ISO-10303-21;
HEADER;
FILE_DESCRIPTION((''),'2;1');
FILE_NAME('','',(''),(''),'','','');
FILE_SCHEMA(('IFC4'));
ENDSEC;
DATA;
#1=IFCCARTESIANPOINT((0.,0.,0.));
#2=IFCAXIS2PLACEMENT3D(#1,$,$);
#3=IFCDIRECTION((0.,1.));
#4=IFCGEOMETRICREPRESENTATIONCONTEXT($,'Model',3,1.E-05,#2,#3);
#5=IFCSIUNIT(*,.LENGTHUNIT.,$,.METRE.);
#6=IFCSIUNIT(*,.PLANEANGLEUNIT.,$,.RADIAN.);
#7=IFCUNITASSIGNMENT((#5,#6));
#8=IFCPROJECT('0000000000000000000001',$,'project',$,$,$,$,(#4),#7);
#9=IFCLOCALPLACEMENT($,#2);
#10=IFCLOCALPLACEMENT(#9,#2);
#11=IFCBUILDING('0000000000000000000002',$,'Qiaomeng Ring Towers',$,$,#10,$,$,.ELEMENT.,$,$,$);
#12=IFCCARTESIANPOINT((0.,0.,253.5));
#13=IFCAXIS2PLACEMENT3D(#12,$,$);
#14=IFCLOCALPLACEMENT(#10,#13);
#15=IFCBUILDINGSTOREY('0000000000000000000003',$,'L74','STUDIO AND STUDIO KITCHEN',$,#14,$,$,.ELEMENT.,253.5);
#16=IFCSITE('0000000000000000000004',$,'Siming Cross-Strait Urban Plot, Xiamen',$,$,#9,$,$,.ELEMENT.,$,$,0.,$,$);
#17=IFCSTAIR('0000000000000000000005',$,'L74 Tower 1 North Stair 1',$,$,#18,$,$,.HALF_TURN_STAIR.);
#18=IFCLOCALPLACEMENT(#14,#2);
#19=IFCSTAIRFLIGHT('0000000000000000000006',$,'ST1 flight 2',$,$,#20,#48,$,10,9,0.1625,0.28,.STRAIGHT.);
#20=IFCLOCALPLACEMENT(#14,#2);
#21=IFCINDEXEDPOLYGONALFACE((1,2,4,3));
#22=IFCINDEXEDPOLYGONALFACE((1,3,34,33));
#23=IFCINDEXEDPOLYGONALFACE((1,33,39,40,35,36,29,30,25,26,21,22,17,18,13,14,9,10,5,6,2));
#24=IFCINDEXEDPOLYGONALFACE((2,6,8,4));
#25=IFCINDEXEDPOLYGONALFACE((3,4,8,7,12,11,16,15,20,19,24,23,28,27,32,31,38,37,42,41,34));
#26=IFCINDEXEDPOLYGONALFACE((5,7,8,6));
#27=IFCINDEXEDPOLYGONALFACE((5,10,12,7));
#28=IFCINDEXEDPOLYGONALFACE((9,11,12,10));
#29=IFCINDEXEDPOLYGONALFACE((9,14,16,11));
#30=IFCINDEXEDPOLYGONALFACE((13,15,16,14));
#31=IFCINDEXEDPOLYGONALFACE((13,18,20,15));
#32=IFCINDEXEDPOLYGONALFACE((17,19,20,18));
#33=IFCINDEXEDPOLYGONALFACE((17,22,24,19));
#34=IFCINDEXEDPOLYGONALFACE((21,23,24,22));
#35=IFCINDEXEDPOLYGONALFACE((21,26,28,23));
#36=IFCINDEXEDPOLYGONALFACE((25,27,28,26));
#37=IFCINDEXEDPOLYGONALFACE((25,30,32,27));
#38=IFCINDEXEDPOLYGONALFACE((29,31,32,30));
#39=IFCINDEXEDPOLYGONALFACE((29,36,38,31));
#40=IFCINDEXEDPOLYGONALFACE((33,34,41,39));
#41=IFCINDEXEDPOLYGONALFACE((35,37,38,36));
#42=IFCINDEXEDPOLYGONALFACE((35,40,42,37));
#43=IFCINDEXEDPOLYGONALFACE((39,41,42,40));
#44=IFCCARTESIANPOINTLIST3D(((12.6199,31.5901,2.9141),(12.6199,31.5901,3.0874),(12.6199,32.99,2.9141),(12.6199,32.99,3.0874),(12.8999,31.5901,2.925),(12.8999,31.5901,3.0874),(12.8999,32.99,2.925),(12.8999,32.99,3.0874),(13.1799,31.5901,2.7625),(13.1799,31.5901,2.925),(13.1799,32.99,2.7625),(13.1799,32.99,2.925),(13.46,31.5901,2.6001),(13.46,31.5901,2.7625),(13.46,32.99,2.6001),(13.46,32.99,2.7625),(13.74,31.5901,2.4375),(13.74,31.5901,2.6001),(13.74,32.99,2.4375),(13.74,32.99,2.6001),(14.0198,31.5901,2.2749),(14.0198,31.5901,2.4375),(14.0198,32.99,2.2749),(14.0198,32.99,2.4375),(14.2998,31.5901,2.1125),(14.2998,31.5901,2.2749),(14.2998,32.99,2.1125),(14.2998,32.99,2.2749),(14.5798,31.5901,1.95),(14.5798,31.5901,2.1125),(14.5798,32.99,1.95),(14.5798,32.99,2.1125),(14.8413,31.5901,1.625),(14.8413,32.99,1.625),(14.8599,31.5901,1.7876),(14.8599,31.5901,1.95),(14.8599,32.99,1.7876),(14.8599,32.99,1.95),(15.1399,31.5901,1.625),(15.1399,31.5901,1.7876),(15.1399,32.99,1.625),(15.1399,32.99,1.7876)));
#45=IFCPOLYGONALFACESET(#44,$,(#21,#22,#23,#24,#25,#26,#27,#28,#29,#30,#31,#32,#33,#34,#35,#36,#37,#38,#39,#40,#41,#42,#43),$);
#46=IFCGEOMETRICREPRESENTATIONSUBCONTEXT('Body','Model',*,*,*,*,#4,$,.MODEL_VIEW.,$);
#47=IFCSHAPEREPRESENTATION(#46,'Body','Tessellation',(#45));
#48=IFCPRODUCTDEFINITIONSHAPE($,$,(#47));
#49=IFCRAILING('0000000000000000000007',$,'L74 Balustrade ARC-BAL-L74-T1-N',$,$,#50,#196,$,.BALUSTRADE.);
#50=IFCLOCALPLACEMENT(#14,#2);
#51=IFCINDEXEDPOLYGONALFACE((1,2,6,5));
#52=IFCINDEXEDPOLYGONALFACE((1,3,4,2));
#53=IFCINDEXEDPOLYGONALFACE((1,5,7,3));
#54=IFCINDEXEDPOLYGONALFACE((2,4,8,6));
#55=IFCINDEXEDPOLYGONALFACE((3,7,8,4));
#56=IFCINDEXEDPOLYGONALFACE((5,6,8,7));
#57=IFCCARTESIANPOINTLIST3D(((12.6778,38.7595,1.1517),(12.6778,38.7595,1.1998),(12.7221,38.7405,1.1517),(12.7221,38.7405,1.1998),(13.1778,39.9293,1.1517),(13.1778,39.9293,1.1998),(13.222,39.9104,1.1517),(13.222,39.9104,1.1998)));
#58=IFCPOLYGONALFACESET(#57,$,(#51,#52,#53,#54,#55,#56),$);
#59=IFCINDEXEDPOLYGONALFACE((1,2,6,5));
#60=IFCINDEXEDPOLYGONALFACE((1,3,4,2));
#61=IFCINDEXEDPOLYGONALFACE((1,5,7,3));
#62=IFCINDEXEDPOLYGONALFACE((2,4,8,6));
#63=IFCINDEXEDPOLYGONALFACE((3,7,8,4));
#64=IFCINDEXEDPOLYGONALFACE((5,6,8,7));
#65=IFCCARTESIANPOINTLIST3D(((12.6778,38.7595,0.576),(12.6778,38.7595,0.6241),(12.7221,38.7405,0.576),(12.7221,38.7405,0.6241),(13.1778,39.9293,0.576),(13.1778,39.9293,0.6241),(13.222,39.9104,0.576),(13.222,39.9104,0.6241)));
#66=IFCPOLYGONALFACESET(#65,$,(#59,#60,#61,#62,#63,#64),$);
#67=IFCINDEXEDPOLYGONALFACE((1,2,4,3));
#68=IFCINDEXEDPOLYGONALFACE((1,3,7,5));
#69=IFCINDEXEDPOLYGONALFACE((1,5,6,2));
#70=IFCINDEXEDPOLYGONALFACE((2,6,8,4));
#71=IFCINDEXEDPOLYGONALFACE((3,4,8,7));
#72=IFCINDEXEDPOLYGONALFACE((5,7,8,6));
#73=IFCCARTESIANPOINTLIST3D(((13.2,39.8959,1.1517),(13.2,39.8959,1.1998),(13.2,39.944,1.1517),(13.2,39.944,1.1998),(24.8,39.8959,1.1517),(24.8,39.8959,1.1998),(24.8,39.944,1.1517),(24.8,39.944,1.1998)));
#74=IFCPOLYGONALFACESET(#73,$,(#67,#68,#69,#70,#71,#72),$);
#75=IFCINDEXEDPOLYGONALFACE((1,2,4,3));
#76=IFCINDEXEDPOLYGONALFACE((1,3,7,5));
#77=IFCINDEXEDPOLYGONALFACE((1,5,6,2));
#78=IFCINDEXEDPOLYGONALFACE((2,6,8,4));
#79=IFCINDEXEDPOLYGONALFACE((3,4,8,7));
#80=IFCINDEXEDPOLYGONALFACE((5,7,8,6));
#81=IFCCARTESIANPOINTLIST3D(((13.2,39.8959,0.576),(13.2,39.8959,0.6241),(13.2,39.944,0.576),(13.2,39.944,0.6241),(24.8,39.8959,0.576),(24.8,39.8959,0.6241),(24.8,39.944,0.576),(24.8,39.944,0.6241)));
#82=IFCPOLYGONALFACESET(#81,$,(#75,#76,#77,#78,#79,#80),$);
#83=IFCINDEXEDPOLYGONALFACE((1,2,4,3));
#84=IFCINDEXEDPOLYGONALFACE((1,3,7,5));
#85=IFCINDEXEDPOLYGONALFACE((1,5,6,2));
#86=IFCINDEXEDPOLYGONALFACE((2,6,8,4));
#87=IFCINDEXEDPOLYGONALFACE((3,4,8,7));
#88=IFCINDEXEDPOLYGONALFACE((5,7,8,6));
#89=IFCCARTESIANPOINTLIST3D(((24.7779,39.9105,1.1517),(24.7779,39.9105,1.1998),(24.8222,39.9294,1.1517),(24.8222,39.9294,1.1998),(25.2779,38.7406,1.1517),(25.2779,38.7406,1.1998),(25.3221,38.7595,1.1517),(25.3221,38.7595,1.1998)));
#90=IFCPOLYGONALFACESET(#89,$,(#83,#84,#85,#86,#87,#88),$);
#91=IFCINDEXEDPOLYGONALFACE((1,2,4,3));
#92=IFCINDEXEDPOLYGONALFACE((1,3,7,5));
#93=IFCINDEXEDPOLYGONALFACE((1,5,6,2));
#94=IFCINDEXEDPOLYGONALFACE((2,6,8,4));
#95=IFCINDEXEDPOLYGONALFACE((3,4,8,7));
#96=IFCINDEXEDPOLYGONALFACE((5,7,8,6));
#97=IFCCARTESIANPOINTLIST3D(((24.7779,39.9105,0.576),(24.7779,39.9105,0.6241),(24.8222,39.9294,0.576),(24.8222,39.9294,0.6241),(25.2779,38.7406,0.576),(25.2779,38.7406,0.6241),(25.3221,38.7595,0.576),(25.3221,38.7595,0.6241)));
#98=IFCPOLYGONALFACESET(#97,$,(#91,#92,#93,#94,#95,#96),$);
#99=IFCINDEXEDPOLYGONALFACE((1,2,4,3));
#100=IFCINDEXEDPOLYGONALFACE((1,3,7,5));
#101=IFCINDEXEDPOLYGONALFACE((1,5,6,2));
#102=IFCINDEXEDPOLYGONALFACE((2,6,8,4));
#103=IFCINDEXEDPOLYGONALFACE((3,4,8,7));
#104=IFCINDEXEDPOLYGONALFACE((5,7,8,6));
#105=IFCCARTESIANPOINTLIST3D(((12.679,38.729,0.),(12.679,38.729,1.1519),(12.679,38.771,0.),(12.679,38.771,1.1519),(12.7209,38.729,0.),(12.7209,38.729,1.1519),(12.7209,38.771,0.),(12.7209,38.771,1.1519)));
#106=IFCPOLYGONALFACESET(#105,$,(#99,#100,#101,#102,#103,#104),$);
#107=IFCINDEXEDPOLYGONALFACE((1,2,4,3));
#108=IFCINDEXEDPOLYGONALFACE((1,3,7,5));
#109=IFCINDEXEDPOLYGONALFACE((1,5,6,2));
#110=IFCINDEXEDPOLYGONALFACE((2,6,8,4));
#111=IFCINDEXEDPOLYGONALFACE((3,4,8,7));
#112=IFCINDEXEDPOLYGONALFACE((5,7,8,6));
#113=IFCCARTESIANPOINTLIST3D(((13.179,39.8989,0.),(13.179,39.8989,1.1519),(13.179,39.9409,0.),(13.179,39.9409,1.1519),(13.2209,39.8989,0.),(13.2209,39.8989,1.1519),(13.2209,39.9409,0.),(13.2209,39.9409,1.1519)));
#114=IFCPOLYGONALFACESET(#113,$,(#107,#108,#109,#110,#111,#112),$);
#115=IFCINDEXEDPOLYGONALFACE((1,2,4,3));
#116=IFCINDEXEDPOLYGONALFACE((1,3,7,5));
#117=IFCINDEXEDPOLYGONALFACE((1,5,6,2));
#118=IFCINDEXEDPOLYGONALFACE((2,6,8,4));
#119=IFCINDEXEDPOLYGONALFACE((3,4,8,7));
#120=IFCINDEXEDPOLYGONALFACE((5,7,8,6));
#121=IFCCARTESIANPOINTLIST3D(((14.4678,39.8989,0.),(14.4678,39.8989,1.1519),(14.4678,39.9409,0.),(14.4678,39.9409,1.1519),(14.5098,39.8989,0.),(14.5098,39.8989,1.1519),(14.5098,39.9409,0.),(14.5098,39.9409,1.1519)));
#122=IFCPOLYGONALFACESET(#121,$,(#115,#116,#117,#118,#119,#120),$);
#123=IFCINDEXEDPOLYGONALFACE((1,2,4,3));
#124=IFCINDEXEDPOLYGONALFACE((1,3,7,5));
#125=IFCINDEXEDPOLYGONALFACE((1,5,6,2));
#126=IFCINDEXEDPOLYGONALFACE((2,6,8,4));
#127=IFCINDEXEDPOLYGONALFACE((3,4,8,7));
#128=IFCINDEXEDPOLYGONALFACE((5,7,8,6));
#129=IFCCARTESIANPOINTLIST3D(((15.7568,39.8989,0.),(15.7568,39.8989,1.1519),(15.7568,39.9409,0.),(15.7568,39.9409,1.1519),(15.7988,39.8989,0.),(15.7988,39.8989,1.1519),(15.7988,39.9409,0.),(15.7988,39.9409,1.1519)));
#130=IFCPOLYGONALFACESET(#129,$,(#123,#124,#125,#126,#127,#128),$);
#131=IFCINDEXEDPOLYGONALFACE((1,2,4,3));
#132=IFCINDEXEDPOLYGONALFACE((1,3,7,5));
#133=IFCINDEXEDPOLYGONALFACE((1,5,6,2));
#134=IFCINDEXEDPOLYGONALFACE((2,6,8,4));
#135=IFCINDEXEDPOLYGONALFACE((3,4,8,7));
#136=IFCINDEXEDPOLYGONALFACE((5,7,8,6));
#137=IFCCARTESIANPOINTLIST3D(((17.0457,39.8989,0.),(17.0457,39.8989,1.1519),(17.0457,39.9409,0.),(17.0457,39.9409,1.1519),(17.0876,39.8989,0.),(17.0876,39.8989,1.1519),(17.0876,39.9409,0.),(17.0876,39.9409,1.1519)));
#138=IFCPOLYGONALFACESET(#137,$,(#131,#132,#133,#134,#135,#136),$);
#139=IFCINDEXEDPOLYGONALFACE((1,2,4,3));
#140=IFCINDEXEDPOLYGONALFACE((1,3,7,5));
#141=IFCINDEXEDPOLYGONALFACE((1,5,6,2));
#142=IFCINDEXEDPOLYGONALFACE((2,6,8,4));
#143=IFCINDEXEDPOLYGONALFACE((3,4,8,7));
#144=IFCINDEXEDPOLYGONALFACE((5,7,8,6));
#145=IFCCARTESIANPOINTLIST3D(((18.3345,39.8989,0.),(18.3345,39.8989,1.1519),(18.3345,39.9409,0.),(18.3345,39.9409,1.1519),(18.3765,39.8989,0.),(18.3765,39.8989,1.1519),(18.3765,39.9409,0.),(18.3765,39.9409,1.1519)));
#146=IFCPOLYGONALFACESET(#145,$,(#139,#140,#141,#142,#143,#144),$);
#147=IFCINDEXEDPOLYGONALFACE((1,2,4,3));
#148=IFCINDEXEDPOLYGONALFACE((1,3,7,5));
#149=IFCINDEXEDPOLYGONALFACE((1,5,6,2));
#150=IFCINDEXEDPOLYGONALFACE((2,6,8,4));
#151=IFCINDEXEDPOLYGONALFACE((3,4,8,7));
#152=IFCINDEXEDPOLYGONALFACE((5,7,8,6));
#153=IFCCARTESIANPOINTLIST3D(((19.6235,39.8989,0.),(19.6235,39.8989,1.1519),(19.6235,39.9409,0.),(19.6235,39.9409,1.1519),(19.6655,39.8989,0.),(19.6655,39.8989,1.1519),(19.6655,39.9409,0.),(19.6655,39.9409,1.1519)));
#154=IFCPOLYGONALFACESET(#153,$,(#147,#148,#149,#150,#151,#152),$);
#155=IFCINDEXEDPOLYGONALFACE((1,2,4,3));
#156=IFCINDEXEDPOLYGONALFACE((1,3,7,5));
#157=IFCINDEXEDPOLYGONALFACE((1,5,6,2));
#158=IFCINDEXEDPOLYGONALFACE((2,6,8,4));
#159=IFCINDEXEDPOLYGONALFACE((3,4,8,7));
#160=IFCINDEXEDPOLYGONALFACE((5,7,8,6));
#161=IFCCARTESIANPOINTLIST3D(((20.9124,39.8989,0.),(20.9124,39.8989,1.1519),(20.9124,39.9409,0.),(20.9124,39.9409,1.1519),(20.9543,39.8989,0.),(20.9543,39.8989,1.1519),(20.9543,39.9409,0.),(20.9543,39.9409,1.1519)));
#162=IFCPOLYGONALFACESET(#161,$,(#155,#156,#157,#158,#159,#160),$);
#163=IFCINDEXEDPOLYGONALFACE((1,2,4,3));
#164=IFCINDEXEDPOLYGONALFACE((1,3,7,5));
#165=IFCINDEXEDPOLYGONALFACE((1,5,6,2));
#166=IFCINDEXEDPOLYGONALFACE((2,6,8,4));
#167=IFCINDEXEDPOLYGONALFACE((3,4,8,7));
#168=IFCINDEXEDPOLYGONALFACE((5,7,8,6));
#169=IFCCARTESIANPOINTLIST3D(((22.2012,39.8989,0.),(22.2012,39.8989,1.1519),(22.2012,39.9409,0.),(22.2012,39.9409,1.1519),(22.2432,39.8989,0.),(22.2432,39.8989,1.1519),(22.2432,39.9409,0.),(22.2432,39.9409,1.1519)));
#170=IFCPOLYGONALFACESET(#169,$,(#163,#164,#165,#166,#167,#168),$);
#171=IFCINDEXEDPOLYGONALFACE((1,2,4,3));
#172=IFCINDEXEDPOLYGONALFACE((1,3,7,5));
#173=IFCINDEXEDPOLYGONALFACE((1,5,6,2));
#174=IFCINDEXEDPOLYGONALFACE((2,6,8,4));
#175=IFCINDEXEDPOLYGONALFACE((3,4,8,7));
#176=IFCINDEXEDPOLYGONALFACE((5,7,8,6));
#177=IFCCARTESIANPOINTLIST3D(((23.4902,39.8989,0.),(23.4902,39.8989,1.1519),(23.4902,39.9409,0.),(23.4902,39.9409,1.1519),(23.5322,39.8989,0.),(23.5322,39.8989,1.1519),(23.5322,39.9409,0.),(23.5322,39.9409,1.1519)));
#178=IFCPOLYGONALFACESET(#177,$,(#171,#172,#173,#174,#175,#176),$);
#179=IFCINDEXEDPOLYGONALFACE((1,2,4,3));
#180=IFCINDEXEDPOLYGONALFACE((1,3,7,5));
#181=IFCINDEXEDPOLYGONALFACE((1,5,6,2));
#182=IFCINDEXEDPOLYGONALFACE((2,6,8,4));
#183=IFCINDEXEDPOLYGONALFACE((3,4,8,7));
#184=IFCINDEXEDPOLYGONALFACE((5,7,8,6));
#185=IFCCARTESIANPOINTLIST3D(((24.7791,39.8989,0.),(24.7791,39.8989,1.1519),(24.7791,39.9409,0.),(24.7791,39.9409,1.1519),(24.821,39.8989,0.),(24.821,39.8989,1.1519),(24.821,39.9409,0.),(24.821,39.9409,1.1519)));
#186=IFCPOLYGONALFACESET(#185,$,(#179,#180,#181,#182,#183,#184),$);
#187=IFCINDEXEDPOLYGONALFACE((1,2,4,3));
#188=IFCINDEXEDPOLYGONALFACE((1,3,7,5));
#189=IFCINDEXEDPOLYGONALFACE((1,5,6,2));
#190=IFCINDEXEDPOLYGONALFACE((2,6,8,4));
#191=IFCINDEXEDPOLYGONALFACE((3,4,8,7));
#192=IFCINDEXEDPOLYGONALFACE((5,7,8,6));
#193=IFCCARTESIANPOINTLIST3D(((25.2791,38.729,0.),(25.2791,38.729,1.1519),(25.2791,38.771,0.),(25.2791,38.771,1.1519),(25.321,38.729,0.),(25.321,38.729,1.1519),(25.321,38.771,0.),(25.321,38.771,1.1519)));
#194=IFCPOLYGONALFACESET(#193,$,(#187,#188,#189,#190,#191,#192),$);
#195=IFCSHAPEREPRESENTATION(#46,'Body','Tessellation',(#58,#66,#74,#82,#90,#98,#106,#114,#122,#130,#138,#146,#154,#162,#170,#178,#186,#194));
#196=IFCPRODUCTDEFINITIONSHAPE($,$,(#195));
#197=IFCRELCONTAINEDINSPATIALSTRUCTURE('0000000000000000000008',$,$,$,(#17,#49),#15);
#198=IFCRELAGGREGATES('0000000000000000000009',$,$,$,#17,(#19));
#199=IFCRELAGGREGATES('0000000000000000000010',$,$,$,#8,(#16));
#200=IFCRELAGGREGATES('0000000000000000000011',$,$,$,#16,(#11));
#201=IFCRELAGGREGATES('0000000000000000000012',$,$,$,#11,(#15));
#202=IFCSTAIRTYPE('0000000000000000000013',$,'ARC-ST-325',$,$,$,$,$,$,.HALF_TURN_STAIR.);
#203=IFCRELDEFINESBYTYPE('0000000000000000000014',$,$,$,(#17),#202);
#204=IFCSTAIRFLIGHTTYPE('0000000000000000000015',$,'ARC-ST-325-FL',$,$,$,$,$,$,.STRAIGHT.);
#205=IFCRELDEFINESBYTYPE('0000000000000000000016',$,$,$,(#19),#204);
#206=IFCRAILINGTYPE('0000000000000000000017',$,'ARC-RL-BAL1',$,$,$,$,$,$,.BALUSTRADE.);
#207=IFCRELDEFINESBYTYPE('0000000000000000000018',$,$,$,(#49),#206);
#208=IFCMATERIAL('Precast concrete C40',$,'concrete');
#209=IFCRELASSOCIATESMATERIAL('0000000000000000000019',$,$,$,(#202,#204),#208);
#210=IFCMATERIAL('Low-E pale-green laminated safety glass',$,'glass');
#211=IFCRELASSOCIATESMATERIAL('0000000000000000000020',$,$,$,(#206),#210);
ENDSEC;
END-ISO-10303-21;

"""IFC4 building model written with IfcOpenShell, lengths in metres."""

from ifc_helpers import new_model, si_unit, direction, frame, origin, origin_2d, place, context, subcontext, project, spatial, polyline, rectangle, outline, extrude, source, transform, mapped, material, type_object, element, aggregate, save


model = new_model("IFC4")

# Units and contexts
model_context = context("Model", 3, precision=1e-05, world=origin(), true_north=direction((0.0, 1.0)))
body_context = subcontext(model_context, "Body", "Model", "MODEL_VIEW")
ifc_project = project(units=[si_unit("LENGTHUNIT", "METRE"), si_unit("PLANEANGLEUNIT", "RADIAN")], contexts=[model_context])

# Site, building, storey
site_placement = place(None, origin())
site = spatial("IfcSite", under=ifc_project, at=site_placement, Name="Siming Cross-Strait Urban Plot, Xiamen", CompositionType="ELEMENT", RefElevation=0.0)
building_placement = place(site_placement, origin())
building = spatial("IfcBuilding", under=site, at=building_placement, Name="Qiaomeng Ring Towers", CompositionType="ELEMENT")
storey_placement = place(building_placement, frame((0.0, 0.0, 253.5)))
storey = spatial("IfcBuildingStorey", under=building, at=storey_placement, Name="L74", Description="STUDIO AND STUDIO KITCHEN", CompositionType="ELEMENT", Elevation=253.5)

# Stair, stair flight
ifc_material_1 = material(Name="Precast concrete C40", Category="concrete")
stair_type = type_object("IfcStairType", Name="ARC-ST-325", PredefinedType="HALF_TURN_STAIR", material=ifc_material_1)
stair_placement = place(storey_placement, origin())
stair = element("IfcStair", 1, at=stair_placement, inside=storey, type_object=stair_type, Name="L74 Tower 1 North Stair 1", PredefinedType="HALF_TURN_STAIR")
stair_flight_type = type_object("IfcStairFlightType", Name="ARC-ST-325-FL", PredefinedType="STRAIGHT", material=ifc_material_1)
shared_shape_1 = source(origin(), body_context, "Body", "SweptSolid", [
    extrude(outline(polyline([(0.0, 0.0), (0.0, 0.1626), (0.28, 0.1626), (0.28, 0.325), (0.5601, 0.325), (0.5601, 0.4875), (0.8401, 0.4875), (0.8401, 0.6499), (1.1201, 0.6499), (1.1201, 0.8125), (1.3999, 0.8125), (1.3999, 0.9751), (1.6799, 0.9751), (1.6799, 1.1375), (1.96, 1.1375), (1.96, 1.3), (2.24, 1.3), (2.24, 1.4624), (2.52, 1.4624), (2.52, 1.625), (2.52, 1.2891), (0.2986, 0.0), (0.0, 0.0)])), frame((0.0, 0.7, 0.0), z_axis=(0.0, -1.0, 0.0), x_axis=(1.0, 0.0, 0.0)), (0.0, 0.0, 1.0), 1.3999),
])
stair_flight_placement = place(storey_placement, frame((15.1399, 32.29, 1.625), z_axis=(0.0, 0.0, 1.0), x_axis=(-1.0, 0.0, 0.0)))
stair_flight = element("IfcStairFlight", 2, at=stair_flight_placement, type_object=stair_flight_type, Name="ST1 flight 2", NumberOfRisers=10, NumberOfTreads=9, PredefinedType="STRAIGHT", RiserHeight=0.1625, TreadLength=0.28, context=body_context, shape_type="MappedRepresentation", body=[
    mapped(shared_shape_1, transform((0.0, 0.0, 0.0), x_axis=(1.0, 0.0, 0.0), y_axis=(0.0, 1.0, 0.0), z_axis=(0.0, 0.0, 1.0), scale=1.0)),
])
aggregate(stair, [stair_flight])

# Railing
ifc_material_2 = material(Name="Low-E pale-green laminated safety glass", Category="glass")
railing_type_1 = type_object("IfcRailingType", Name="ARC-RL-BAL1", PredefinedType="BALUSTRADE", material=ifc_material_2)
railing_1_placement = place(storey_placement, frame((12.7, 38.75, 0.0)))
element("IfcRailing", 3, at=railing_1_placement, inside=storey, type_object=railing_type_1, Name="L74 Balustrade ARC-BAL-L74-T1-N", PredefinedType="BALUSTRADE", context=body_context, shape_type="SweptSolid", body=[
    extrude(rectangle(XDim=0.0481, YDim=0.0481, at=origin_2d()), frame((0.0, 0.0, 1.1758), z_axis=(0.392993, 0.919542, 0.0), x_axis=(-0.919542, 0.392993, 0.0)), (0.0, 0.0, 1.0), 1.2722),
    extrude(rectangle(XDim=0.0481, YDim=0.0481, at=origin_2d()), frame((0.0, 0.0, 0.6001), z_axis=(0.392993, 0.919542, 0.0), x_axis=(-0.919542, 0.392993, 0.0)), (0.0, 0.0, 1.0), 1.2722),
    extrude(rectangle(XDim=0.0481, YDim=0.0481, at=origin_2d()), frame((0.5, 1.1699, 1.1758), z_axis=(1.0, 0.0, 0.0), x_axis=(0.0, 1.0, 0.0)), (0.0, 0.0, 1.0), 11.6001),
    extrude(rectangle(XDim=0.0481, YDim=0.0481, at=origin_2d()), frame((0.5, 1.1699, 0.6001), z_axis=(1.0, 0.0, 0.0), x_axis=(0.0, 1.0, 0.0)), (0.0, 0.0, 1.0), 11.6001),
    extrude(rectangle(XDim=0.0481, YDim=0.0481, at=origin_2d()), frame((12.1001, 1.1699, 1.1758), z_axis=(0.392993, -0.919542, 0.0), x_axis=(0.919542, 0.392993, 0.0)), (0.0, 0.0, 1.0), 1.2722),
    extrude(rectangle(XDim=0.0481, YDim=0.0481, at=origin_2d()), frame((12.1001, 1.1699, 0.6001), z_axis=(0.392993, -0.919542, 0.0), x_axis=(0.919542, 0.392993, 0.0)), (0.0, 0.0, 1.0), 1.2722),
    extrude(rectangle(XDim=0.042, YDim=0.042, at=origin_2d()), origin(), (0.0, 0.0, 1.0), 1.1519),
    extrude(rectangle(XDim=0.042, YDim=0.042, at=origin_2d()), frame((0.5, 1.1699, 0.0)), (0.0, 0.0, 1.0), 1.1519),
    extrude(rectangle(XDim=0.042, YDim=0.042, at=origin_2d()), frame((1.7888, 1.1699, 0.0)), (0.0, 0.0, 1.0), 1.1519),
    extrude(rectangle(XDim=0.042, YDim=0.042, at=origin_2d()), frame((3.0779, 1.1699, 0.0)), (0.0, 0.0, 1.0), 1.1519),
    extrude(rectangle(XDim=0.042, YDim=0.042, at=origin_2d()), frame((4.3667, 1.1699, 0.0)), (0.0, 0.0, 1.0), 1.1519),
    extrude(rectangle(XDim=0.042, YDim=0.042, at=origin_2d()), frame((5.6555, 1.1699, 0.0)), (0.0, 0.0, 1.0), 1.1519),
    extrude(rectangle(XDim=0.042, YDim=0.042, at=origin_2d()), frame((6.9446, 1.1699, 0.0)), (0.0, 0.0, 1.0), 1.1519),
    extrude(rectangle(XDim=0.042, YDim=0.042, at=origin_2d()), frame((8.2334, 1.1699, 0.0)), (0.0, 0.0, 1.0), 1.1519),
    extrude(rectangle(XDim=0.042, YDim=0.042, at=origin_2d()), frame((9.5222, 1.1699, 0.0)), (0.0, 0.0, 1.0), 1.1519),
    extrude(rectangle(XDim=0.042, YDim=0.042, at=origin_2d()), frame((10.8113, 1.1699, 0.0)), (0.0, 0.0, 1.0), 1.1519),
    extrude(rectangle(XDim=0.042, YDim=0.042, at=origin_2d()), frame((12.1001, 1.1699, 0.0)), (0.0, 0.0, 1.0), 1.1519),
    extrude(rectangle(XDim=0.042, YDim=0.042, at=origin_2d()), frame((12.6001, 0.0, 0.0)), (0.0, 0.0, 1.0), 1.1519),
])

save(model, "model.ifc")
